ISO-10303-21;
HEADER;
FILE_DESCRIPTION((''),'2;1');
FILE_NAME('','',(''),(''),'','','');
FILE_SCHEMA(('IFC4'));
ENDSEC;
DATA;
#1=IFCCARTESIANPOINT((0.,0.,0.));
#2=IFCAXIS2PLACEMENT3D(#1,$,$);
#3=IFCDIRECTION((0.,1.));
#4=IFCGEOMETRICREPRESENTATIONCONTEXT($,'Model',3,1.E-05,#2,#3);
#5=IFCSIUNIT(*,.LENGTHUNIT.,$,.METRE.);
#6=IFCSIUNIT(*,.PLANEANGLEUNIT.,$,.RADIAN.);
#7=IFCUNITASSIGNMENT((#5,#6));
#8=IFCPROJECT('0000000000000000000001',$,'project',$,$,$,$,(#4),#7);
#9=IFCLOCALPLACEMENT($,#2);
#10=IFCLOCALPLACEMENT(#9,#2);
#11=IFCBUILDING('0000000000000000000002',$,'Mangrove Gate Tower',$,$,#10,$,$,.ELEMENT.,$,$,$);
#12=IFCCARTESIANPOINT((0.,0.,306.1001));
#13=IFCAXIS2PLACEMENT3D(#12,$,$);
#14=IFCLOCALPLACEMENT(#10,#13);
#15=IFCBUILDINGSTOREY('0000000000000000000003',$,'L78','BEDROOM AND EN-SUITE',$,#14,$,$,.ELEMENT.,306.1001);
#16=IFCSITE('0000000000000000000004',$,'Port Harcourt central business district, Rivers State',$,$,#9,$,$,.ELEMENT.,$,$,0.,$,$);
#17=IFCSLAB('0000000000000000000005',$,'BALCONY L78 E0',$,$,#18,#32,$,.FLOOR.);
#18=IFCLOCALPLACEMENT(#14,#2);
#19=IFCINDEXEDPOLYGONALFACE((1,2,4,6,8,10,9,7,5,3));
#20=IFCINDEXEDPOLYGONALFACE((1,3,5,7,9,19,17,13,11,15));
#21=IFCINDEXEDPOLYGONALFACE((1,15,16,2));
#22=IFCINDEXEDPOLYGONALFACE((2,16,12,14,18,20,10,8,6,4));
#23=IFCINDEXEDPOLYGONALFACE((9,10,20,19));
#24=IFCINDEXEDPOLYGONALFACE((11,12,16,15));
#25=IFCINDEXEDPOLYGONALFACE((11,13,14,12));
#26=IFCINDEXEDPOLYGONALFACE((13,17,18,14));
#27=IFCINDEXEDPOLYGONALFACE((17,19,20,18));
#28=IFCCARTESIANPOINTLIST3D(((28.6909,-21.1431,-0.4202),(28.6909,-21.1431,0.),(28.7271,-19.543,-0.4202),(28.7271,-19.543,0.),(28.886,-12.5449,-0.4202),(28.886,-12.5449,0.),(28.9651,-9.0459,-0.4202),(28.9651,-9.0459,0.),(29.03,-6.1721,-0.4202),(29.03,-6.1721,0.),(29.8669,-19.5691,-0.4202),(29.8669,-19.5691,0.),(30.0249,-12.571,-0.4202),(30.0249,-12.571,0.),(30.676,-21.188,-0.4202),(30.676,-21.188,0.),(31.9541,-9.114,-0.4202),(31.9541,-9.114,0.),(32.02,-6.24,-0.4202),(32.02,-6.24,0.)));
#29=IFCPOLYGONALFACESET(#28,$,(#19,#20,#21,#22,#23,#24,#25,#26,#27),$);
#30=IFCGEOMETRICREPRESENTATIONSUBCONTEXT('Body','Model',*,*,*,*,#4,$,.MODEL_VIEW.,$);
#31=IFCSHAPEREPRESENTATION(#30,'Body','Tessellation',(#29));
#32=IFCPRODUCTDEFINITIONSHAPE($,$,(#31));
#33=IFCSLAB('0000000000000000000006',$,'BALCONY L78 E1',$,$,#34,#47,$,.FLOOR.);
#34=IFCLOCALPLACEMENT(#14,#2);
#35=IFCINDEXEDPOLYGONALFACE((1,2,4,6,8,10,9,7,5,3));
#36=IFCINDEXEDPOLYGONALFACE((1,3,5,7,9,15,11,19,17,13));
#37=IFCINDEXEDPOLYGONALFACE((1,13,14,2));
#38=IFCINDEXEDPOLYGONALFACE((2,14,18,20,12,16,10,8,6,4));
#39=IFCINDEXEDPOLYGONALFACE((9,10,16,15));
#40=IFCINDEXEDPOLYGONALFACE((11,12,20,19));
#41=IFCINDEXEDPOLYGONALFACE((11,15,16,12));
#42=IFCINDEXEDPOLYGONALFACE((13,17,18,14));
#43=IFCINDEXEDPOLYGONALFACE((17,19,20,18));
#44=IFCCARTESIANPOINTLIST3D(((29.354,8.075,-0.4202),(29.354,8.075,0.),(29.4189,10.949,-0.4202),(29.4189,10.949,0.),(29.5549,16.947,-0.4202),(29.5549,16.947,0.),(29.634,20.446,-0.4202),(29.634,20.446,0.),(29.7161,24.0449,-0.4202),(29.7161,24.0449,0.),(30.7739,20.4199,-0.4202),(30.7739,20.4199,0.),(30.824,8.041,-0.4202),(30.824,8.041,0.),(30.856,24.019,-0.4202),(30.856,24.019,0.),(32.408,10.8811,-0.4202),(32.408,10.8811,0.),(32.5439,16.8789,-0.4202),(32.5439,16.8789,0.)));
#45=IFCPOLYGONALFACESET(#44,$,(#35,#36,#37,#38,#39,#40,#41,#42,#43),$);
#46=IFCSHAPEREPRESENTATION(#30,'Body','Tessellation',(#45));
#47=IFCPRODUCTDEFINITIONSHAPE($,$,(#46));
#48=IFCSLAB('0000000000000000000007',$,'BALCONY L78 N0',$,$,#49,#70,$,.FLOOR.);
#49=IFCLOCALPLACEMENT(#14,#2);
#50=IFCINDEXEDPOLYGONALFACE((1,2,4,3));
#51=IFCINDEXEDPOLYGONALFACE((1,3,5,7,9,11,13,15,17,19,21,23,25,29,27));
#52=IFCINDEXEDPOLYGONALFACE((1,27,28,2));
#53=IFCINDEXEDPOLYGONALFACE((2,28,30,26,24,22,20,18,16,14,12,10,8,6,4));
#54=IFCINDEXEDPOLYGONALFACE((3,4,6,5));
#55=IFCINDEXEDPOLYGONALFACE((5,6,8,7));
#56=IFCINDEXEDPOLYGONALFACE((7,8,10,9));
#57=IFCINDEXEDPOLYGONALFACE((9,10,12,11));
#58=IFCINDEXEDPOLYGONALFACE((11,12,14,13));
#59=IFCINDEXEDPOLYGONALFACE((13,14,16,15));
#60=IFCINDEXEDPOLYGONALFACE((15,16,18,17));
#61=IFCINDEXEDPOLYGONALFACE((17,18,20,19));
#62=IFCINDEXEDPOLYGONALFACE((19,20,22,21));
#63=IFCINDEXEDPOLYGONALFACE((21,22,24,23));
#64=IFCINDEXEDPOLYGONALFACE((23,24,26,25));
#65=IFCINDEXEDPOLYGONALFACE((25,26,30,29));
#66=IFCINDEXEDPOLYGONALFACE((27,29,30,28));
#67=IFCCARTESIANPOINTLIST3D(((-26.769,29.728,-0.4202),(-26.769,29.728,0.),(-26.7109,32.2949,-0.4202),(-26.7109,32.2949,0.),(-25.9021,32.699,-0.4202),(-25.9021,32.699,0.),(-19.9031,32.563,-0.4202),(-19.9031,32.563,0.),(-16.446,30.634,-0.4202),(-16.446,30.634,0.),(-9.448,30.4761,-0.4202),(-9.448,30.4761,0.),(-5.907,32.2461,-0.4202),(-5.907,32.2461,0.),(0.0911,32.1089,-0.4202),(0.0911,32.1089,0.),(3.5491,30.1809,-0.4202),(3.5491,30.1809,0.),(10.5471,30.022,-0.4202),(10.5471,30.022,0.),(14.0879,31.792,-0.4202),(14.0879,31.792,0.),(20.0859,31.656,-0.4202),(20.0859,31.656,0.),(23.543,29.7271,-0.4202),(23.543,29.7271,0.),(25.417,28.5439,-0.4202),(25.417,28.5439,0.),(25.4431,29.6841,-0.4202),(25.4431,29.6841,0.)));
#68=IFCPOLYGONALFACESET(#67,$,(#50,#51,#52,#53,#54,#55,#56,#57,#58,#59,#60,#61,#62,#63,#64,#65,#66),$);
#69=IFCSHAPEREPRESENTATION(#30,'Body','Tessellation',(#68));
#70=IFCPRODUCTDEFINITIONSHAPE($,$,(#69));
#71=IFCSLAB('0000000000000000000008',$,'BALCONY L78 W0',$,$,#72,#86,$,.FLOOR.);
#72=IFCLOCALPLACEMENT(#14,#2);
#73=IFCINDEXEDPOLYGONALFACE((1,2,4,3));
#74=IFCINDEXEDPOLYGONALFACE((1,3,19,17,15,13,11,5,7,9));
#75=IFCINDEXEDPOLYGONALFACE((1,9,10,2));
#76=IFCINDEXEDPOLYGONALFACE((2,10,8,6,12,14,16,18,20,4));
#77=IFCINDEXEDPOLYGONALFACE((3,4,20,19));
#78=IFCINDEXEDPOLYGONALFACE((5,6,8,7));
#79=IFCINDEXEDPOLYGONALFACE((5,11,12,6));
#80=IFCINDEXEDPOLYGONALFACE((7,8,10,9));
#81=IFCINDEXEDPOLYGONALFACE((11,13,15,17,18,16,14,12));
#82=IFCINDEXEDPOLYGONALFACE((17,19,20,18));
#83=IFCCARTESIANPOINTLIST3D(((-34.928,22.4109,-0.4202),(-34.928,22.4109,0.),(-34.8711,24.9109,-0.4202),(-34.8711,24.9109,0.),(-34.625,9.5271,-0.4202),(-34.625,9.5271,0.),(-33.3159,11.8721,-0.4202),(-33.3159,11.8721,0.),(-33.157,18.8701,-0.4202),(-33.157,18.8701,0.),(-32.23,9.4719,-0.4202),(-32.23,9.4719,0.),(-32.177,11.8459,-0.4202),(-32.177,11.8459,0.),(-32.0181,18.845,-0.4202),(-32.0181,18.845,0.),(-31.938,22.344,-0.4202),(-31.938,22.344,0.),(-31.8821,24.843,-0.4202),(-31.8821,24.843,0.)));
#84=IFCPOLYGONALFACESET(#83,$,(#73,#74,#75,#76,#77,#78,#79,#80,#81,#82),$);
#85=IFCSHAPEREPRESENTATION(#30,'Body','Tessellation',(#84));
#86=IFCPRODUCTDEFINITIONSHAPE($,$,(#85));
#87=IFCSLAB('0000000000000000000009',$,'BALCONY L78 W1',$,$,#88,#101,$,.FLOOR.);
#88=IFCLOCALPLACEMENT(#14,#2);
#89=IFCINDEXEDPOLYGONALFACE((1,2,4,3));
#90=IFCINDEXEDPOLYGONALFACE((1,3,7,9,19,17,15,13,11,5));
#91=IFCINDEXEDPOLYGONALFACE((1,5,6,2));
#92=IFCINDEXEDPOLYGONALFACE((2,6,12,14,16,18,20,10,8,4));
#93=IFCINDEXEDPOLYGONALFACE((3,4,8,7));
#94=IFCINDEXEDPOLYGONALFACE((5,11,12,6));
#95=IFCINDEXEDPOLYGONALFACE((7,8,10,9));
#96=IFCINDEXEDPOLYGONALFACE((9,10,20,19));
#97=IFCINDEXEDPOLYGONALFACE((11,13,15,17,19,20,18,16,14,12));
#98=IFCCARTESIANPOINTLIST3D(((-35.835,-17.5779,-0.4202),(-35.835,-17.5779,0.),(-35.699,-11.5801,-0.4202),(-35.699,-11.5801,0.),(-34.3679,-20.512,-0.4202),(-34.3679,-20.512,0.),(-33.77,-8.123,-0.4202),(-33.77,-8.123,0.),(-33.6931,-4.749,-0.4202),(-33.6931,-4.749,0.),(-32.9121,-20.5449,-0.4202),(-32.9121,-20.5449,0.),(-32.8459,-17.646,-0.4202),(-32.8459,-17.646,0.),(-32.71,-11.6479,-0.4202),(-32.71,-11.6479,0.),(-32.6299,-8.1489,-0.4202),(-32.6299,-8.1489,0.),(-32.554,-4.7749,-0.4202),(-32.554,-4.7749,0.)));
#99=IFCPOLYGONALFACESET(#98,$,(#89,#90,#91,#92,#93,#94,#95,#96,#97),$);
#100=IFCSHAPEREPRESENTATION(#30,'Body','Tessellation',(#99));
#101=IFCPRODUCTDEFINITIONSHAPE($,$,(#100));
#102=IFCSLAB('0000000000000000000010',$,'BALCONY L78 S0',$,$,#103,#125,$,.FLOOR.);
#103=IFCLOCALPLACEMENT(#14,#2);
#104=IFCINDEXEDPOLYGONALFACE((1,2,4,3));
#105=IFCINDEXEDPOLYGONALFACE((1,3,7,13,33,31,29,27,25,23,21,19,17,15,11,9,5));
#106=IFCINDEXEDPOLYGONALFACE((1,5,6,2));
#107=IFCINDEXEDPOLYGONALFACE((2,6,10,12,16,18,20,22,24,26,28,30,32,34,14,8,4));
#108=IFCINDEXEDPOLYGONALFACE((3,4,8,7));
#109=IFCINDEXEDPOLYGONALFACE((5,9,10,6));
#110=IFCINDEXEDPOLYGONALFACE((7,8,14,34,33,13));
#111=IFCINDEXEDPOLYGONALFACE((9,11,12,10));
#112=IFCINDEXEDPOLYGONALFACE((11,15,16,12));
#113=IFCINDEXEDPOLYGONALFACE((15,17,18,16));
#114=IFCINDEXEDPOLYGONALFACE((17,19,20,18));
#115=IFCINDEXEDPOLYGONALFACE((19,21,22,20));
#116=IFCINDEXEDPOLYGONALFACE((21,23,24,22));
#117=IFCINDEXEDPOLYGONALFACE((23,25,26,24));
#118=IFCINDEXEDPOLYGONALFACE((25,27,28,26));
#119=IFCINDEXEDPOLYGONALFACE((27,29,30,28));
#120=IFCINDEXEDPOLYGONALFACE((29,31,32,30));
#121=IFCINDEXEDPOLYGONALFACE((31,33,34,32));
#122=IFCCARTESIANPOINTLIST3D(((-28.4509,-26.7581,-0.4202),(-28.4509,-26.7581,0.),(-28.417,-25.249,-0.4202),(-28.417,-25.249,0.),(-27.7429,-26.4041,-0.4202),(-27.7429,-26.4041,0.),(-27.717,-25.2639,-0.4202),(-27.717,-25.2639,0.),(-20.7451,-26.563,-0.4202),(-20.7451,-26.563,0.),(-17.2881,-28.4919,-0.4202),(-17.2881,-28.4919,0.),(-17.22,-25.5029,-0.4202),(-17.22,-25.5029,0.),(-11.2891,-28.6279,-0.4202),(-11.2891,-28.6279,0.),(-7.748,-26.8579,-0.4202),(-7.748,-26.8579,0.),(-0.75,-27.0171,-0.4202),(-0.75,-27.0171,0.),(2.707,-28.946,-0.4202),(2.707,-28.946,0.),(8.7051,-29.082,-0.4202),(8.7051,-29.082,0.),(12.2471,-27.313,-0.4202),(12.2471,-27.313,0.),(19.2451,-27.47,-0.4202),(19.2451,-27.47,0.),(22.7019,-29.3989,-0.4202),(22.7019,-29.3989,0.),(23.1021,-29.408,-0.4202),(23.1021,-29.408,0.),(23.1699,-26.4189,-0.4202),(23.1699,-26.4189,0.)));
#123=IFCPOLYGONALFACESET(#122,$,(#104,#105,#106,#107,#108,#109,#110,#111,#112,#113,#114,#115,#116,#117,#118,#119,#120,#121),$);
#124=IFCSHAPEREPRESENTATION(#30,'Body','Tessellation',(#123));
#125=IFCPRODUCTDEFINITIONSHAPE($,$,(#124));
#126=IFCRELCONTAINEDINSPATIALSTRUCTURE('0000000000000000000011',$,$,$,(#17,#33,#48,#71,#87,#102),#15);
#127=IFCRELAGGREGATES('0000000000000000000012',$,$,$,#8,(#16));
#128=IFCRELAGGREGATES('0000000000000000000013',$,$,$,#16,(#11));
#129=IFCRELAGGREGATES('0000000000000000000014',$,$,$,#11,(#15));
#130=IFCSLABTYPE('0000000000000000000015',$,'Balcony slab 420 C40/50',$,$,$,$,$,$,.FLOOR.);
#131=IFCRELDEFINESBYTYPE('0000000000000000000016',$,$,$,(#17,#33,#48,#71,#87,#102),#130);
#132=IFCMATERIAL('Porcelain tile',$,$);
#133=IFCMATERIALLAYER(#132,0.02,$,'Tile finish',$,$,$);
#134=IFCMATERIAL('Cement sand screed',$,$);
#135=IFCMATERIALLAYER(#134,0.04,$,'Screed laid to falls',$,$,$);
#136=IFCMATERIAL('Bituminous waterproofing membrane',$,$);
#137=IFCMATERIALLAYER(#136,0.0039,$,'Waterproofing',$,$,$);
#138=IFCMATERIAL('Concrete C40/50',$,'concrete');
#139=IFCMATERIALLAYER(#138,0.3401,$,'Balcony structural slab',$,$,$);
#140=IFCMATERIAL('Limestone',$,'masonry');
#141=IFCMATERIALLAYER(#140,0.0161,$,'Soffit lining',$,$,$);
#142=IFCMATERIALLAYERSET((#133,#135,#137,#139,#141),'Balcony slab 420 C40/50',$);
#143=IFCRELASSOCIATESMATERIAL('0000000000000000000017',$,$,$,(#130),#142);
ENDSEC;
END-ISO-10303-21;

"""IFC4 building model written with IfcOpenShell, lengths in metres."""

from ifc_helpers import new_model, si_unit, direction, frame, origin, place, context, subcontext, project, spatial, polyline, outline, extrude, material, layer, layer_set, type_object, element, save


model = new_model("IFC4")

# Units and contexts
model_context = context("Model", 3, precision=1e-05, world=origin(), true_north=direction((0.0, 1.0)))
body_context = subcontext(model_context, "Body", "Model", "MODEL_VIEW")
ifc_project = project(units=[si_unit("LENGTHUNIT", "METRE"), si_unit("PLANEANGLEUNIT", "RADIAN")], contexts=[model_context])

# Site, building, storey
site_placement = place(None, origin())
site = spatial("IfcSite", under=ifc_project, at=site_placement, Name="Port Harcourt central business district, Rivers State", CompositionType="ELEMENT", RefElevation=0.0)
building_placement = place(site_placement, origin())
building = spatial("IfcBuilding", under=site, at=building_placement, Name="Mangrove Gate Tower", CompositionType="ELEMENT")
storey_placement = place(building_placement, frame((0.0, 0.0, 306.1001)))
storey = spatial("IfcBuildingStorey", under=building, at=storey_placement, Name="L78", Description="BEDROOM AND EN-SUITE", CompositionType="ELEMENT", Elevation=306.1001)

# Slabs
ifc_material_1 = material(Name="Porcelain tile")
ifc_layer_1 = layer(ifc_material_1, 0.02, Name="Tile finish")
ifc_material_2 = material(Name="Cement sand screed")
ifc_layer_2 = layer(ifc_material_2, 0.04, Name="Screed laid to falls")
ifc_material_3 = material(Name="Bituminous waterproofing membrane")
ifc_layer_3 = layer(ifc_material_3, 0.0039, Name="Waterproofing")
ifc_material_4 = material(Name="Concrete C40/50", Category="concrete")
ifc_layer_4 = layer(ifc_material_4, 0.3401, Name="Balcony structural slab")
ifc_material_5 = material(Name="Limestone", Category="masonry")
ifc_layer_5 = layer(ifc_material_5, 0.0161, Name="Soffit lining")
ifc_layer_set_1 = layer_set([ifc_layer_1, ifc_layer_2, ifc_layer_3, ifc_layer_4, ifc_layer_5], Name="Balcony slab 420 C40/50")
slab_type_1 = type_object("IfcSlabType", Name="Balcony slab 420 C40/50", PredefinedType="FLOOR", material=ifc_layer_set_1)
slab_1_placement = place(storey_placement, frame((0.0, 0.0, -0.4202)))
element("IfcSlab", 1, at=slab_1_placement, inside=storey, type_object=slab_type_1, Name="BALCONY L78 E0", PredefinedType="FLOOR", context=body_context, shape_type="SweptSolid", body=[
    extrude(outline(polyline([(30.676, -21.188), (29.8669, -19.5691), (30.0249, -12.571), (31.9541, -9.114), (32.02, -6.24), (29.03, -6.1721), (28.9651, -9.0459), (28.886, -12.5449), (28.7271, -19.543), (28.6909, -21.1431), (30.676, -21.188)])), origin(), (0.0, 0.0, 1.0), 0.4202),
])
slab_2_placement = place(storey_placement, frame((0.0, 0.0, -0.4202)))
element("IfcSlab", 2, at=slab_2_placement, inside=storey, type_object=slab_type_1, Name="BALCONY L78 E1", PredefinedType="FLOOR", context=body_context, shape_type="SweptSolid", body=[
    extrude(outline(polyline([(30.824, 8.041), (32.408, 10.8811), (32.5439, 16.8789), (30.7739, 20.4199), (30.856, 24.019), (29.7161, 24.0449), (29.634, 20.446), (29.5549, 16.947), (29.4189, 10.949), (29.354, 8.075), (30.824, 8.041)])), origin(), (0.0, 0.0, 1.0), 0.4202),
])
slab_3_placement = place(storey_placement, frame((0.0, 0.0, -0.4202)))
element("IfcSlab", 3, at=slab_3_placement, inside=storey, type_object=slab_type_1, Name="BALCONY L78 N0", PredefinedType="FLOOR", context=body_context, shape_type="SweptSolid", body=[
    extrude(outline(polyline([(25.4431, 29.6841), (23.543, 29.7271), (20.0859, 31.656), (14.0879, 31.792), (10.5471, 30.022), (3.5491, 30.1809), (0.0911, 32.1089), (-5.907, 32.2461), (-9.448, 30.4761), (-16.446, 30.634), (-19.9031, 32.563), (-25.9021, 32.699), (-26.7109, 32.2949), (-26.769, 29.728), (25.417, 28.5439), (25.4431, 29.6841)])), origin(), (0.0, 0.0, 1.0), 0.4202),
])
slab_4_placement = place(storey_placement, frame((0.0, 0.0, -0.4202)))
element("IfcSlab", 4, at=slab_4_placement, inside=storey, type_object=slab_type_1, Name="BALCONY L78 W0", PredefinedType="FLOOR", context=body_context, shape_type="SweptSolid", body=[
    extrude(outline(polyline([(-34.8711, 24.9109), (-34.928, 22.4109), (-33.157, 18.8701), (-33.3159, 11.8721), (-34.625, 9.5271), (-32.23, 9.4719), (-32.177, 11.8459), (-32.0181, 18.845), (-31.938, 22.344), (-31.8821, 24.843), (-34.8711, 24.9109)])), origin(), (0.0, 0.0, 1.0), 0.4202),
])
slab_5_placement = place(storey_placement, frame((0.0, 0.0, -0.4202)))
element("IfcSlab", 5, at=slab_5_placement, inside=storey, type_object=slab_type_1, Name="BALCONY L78 W1", PredefinedType="FLOOR", context=body_context, shape_type="SweptSolid", body=[
    extrude(outline(polyline([(-33.6931, -4.749), (-33.77, -8.123), (-35.699, -11.5801), (-35.835, -17.5779), (-34.3679, -20.512), (-32.9121, -20.5449), (-32.8459, -17.646), (-32.71, -11.6479), (-32.6299, -8.1489), (-32.554, -4.7749), (-33.6931, -4.749)])), origin(), (0.0, 0.0, 1.0), 0.4202),
])
slab_6_placement = place(storey_placement, frame((0.0, 0.0, -0.4202)))
element("IfcSlab", 6, at=slab_6_placement, inside=storey, type_object=slab_type_1, Name="BALCONY L78 S0", PredefinedType="FLOOR", context=body_context, shape_type="SweptSolid", body=[
    extrude(outline(polyline([(-28.417, -25.249), (-28.4509, -26.7581), (-27.7429, -26.4041), (-20.7451, -26.563), (-17.2881, -28.4919), (-11.2891, -28.6279), (-7.748, -26.8579), (-0.75, -27.0171), (2.707, -28.946), (8.7051, -29.082), (12.2471, -27.313), (19.2451, -27.47), (22.7019, -29.3989), (23.1021, -29.408), (23.1699, -26.4189), (-17.22, -25.5029), (-27.717, -25.2639), (-28.417, -25.249)])), origin(), (0.0, 0.0, 1.0), 0.4202),
])

save(model, "model.ifc")
